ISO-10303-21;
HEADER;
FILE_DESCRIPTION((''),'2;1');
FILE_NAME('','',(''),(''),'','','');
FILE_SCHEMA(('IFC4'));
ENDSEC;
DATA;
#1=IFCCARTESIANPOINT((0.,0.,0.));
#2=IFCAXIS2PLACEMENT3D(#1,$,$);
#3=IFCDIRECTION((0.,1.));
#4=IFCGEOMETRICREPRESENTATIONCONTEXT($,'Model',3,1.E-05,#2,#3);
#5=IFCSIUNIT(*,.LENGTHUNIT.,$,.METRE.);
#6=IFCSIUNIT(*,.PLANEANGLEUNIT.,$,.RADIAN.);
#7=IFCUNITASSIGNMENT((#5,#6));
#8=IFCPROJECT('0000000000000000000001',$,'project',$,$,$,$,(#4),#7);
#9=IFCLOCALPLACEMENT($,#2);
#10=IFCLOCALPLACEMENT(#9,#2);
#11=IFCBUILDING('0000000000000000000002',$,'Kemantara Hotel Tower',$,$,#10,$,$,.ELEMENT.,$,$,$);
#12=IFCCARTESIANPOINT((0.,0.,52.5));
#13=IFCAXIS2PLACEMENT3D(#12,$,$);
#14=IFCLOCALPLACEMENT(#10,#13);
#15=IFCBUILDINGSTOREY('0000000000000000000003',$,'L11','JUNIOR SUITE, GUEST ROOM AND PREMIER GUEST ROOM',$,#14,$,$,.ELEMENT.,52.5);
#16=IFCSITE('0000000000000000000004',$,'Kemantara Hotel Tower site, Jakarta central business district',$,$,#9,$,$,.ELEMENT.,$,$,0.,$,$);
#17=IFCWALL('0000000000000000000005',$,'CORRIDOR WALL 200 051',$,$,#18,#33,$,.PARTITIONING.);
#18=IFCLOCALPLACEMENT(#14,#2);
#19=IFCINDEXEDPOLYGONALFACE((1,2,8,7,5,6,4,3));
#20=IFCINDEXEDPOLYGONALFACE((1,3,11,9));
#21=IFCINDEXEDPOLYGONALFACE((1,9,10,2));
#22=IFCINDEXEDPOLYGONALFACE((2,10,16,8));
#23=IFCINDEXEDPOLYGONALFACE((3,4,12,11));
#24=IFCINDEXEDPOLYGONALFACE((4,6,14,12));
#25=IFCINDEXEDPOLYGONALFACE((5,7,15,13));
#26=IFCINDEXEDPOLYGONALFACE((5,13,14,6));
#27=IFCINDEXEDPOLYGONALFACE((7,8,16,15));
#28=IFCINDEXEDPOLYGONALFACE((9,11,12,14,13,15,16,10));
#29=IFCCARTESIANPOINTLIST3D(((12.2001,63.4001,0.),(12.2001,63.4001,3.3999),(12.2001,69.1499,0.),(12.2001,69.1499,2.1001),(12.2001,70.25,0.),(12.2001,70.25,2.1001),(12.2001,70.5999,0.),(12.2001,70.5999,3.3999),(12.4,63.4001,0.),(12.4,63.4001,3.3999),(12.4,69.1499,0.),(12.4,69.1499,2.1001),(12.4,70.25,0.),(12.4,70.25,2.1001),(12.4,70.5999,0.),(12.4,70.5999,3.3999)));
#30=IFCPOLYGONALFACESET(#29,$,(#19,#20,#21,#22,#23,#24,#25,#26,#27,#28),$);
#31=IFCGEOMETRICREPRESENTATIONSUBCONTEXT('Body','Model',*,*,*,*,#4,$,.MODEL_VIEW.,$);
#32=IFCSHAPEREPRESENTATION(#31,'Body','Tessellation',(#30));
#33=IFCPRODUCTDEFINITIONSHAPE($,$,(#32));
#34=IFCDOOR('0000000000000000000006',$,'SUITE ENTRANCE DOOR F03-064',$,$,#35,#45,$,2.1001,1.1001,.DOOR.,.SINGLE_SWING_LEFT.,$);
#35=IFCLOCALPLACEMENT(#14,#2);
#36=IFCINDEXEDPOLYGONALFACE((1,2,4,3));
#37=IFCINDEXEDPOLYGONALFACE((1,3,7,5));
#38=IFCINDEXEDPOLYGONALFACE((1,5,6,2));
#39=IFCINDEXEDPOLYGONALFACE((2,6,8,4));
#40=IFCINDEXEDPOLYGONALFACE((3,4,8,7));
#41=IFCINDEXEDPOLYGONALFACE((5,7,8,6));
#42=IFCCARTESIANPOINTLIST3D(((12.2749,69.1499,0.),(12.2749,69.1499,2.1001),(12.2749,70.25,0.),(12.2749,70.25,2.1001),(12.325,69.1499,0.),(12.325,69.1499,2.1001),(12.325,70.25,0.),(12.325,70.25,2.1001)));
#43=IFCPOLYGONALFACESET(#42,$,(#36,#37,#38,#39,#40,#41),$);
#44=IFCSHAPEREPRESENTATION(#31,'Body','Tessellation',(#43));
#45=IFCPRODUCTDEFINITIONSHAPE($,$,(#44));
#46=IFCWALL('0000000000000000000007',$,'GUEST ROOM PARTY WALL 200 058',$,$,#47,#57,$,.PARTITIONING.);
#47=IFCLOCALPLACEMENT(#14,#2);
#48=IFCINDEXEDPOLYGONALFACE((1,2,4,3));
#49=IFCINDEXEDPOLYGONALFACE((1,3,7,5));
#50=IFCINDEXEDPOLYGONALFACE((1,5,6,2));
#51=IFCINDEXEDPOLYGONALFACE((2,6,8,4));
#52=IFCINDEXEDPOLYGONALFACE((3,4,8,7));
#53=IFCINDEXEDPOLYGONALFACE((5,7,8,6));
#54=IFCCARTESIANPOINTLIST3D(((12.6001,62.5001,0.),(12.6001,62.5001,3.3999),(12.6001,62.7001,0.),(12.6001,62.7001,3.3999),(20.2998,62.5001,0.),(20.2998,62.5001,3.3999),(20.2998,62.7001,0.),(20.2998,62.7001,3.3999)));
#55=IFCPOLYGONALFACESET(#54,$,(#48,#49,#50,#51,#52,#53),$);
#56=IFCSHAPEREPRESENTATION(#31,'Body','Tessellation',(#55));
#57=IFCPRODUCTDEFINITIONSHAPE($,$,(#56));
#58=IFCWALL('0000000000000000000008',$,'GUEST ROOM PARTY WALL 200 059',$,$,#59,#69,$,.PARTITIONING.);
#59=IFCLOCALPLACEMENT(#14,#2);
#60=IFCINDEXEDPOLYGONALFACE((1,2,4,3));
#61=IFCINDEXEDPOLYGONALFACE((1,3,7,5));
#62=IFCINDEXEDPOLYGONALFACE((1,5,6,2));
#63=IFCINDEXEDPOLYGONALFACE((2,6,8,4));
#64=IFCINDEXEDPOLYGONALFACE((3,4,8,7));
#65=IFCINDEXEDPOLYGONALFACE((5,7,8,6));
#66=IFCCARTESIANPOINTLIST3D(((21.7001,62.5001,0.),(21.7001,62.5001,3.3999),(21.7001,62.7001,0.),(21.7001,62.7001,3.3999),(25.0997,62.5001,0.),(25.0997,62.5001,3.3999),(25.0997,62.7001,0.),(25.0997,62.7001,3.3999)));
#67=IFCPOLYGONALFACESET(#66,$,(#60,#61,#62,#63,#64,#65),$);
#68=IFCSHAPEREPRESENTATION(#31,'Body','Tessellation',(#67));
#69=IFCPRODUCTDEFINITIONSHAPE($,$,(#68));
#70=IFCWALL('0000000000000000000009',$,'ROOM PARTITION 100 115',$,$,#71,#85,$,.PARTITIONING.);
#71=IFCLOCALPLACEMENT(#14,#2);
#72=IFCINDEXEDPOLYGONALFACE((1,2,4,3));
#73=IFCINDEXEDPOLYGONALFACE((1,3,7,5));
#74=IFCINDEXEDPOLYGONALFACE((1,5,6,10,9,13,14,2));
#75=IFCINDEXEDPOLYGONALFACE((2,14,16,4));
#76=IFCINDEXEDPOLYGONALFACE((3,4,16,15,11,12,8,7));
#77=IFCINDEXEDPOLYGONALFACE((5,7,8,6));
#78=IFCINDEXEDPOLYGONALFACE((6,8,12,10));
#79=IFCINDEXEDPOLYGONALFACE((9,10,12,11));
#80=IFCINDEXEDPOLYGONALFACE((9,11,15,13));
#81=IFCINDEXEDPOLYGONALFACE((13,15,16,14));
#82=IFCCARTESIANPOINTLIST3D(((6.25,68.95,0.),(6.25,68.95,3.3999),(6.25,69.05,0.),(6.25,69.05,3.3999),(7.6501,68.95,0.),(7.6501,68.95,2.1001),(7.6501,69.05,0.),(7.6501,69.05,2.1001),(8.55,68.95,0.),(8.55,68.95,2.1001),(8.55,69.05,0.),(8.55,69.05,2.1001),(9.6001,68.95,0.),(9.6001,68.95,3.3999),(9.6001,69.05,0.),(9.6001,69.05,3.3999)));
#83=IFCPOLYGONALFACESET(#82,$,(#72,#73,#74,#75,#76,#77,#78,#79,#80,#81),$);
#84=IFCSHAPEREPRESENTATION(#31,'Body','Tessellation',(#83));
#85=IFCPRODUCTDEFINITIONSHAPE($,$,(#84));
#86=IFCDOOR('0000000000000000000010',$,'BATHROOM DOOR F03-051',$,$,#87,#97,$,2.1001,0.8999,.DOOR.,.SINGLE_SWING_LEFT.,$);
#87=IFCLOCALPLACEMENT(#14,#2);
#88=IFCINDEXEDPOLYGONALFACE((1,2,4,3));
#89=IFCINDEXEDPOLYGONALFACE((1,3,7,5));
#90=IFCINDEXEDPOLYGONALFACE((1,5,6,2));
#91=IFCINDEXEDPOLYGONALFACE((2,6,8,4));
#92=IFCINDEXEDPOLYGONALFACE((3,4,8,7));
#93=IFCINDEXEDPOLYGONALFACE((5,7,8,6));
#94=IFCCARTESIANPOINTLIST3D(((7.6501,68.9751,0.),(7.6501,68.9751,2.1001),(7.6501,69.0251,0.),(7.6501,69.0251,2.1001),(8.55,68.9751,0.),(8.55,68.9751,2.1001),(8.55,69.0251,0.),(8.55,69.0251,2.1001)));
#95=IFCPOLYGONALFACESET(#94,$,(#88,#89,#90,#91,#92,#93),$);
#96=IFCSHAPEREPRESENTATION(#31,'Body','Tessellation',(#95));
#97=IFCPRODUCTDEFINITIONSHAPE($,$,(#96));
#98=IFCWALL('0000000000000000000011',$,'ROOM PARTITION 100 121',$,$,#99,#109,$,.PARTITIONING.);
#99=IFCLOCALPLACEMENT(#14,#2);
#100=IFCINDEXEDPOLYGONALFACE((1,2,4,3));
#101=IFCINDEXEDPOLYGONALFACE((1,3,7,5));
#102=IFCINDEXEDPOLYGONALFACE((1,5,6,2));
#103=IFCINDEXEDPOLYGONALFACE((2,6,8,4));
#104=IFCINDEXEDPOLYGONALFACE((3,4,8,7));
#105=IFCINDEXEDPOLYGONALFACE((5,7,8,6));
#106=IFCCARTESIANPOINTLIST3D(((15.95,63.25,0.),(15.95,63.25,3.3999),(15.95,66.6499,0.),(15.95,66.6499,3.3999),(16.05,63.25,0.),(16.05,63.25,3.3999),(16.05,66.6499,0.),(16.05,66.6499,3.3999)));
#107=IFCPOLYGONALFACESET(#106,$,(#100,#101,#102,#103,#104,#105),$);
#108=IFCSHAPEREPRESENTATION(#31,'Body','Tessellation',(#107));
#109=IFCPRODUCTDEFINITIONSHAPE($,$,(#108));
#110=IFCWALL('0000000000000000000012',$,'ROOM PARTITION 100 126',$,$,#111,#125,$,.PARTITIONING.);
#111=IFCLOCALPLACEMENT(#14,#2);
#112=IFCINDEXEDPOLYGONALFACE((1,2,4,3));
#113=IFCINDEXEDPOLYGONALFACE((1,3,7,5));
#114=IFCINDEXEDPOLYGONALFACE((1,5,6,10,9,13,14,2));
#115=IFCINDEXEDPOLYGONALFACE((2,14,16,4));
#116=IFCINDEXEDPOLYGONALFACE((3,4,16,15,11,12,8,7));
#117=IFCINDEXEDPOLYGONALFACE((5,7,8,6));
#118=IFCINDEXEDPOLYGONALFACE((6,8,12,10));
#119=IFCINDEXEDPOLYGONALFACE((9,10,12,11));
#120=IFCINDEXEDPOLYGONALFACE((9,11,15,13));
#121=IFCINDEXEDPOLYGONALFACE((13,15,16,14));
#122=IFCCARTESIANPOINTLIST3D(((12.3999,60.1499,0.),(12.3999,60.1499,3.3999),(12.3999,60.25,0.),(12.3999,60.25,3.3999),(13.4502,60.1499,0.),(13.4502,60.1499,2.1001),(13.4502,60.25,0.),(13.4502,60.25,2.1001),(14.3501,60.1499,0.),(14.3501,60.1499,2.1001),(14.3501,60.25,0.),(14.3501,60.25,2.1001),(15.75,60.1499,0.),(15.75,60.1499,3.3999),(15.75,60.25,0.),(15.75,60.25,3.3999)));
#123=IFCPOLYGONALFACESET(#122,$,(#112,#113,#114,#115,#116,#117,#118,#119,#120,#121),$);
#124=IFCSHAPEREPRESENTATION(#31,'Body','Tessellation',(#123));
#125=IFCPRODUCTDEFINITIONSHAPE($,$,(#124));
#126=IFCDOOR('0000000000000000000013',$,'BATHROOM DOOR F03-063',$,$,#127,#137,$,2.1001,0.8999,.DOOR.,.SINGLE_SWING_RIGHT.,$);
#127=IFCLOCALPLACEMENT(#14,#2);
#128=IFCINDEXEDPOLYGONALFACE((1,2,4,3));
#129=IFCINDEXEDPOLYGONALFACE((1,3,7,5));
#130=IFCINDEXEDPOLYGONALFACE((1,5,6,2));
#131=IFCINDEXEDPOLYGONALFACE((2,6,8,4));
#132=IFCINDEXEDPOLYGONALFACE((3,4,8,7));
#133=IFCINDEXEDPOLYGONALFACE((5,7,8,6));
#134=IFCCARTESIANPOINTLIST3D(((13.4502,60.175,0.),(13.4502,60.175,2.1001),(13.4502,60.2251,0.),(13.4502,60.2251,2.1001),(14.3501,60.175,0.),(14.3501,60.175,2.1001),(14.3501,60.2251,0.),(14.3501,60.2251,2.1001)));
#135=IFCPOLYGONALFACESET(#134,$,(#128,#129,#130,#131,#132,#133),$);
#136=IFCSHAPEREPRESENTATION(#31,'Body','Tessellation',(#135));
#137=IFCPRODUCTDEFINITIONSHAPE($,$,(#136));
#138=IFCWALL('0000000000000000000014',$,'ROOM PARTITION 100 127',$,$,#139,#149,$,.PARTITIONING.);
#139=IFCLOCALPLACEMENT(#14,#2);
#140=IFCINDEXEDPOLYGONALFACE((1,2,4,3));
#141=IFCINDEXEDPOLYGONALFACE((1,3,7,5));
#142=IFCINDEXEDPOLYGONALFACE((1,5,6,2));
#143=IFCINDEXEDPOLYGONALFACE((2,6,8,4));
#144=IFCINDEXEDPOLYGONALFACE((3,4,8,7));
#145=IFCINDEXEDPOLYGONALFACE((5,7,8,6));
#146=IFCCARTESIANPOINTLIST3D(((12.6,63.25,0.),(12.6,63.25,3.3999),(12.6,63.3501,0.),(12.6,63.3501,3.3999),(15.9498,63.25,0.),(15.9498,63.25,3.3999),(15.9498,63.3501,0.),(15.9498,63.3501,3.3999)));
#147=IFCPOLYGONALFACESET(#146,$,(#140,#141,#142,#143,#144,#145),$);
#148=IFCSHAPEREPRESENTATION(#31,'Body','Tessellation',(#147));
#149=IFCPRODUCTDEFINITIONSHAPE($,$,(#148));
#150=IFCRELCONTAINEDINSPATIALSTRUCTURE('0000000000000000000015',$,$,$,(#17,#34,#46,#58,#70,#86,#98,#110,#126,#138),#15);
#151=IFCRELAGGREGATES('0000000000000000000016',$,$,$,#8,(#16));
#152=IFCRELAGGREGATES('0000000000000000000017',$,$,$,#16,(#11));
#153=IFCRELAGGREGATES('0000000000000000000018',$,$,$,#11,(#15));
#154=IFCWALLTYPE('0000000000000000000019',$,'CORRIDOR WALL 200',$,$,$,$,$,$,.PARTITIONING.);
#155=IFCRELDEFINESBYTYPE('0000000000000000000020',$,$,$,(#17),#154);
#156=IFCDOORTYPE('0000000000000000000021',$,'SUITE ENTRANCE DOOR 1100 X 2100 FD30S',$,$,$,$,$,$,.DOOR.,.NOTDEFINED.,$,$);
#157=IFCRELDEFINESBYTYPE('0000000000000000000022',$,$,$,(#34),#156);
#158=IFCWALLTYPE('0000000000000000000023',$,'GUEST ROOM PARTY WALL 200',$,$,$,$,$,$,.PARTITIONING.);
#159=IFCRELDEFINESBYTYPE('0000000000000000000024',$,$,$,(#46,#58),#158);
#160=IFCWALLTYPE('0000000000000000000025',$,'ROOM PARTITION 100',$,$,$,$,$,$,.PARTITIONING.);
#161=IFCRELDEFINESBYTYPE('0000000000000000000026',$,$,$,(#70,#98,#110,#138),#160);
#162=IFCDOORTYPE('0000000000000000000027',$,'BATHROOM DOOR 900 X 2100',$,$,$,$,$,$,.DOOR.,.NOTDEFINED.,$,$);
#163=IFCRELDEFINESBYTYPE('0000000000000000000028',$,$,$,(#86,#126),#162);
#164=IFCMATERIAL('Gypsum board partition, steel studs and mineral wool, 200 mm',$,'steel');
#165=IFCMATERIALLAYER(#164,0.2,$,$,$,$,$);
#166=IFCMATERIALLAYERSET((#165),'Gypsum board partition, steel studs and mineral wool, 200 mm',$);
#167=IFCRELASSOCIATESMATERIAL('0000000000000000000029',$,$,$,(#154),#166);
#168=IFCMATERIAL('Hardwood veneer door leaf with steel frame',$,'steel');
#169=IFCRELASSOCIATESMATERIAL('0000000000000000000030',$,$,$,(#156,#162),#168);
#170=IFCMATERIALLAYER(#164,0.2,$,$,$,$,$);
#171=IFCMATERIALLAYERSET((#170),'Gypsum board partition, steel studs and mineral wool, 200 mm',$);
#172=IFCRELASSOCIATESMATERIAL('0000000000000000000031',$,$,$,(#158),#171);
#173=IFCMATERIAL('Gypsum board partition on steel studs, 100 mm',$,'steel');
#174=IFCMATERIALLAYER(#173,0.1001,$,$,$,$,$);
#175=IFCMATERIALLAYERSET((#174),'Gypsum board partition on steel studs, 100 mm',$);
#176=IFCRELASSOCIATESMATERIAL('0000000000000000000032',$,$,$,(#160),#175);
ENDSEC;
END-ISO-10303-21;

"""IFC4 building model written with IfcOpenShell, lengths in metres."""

from ifc_helpers import new_model, si_unit, direction, frame, frame_2d, origin, place, context, subcontext, project, spatial, rectangle, extrude, material, layer, layer_set, type_object, element, fill, save


model = new_model("IFC4")

# Units and contexts
model_context = context("Model", 3, precision=1e-05, world=origin(), true_north=direction((0.0, 1.0)))
body_context = subcontext(model_context, "Body", "Model", "MODEL_VIEW")
ifc_project = project(units=[si_unit("LENGTHUNIT", "METRE"), si_unit("PLANEANGLEUNIT", "RADIAN")], contexts=[model_context])

# Site, building, storey
site_placement = place(None, origin())
site = spatial("IfcSite", under=ifc_project, at=site_placement, Name="Kemantara Hotel Tower site, Jakarta central business district", CompositionType="ELEMENT", RefElevation=0.0)
building_placement = place(site_placement, origin())
building = spatial("IfcBuilding", under=site, at=building_placement, Name="Kemantara Hotel Tower", CompositionType="ELEMENT")
storey_placement = place(building_placement, frame((0.0, 0.0, 52.5)))
storey = spatial("IfcBuildingStorey", under=building, at=storey_placement, Name="L11", Description="JUNIOR SUITE, GUEST ROOM AND PREMIER GUEST ROOM", CompositionType="ELEMENT", Elevation=52.5)

# Shared definitions
ifc_material_1 = material(Name="Gypsum board partition, steel studs and mineral wool, 200 mm", Category="steel")
ifc_layer_1 = layer(ifc_material_1, 0.2)
ifc_layer_set_1 = layer_set([ifc_layer_1], Name="Gypsum board partition, steel studs and mineral wool, 200 mm")
wall_type_1 = type_object("IfcWallType", Name="CORRIDOR WALL 200", PredefinedType="PARTITIONING", material=ifc_layer_set_1)
ifc_material_2 = material(Name="Hardwood veneer door leaf with steel frame", Category="steel")
door_type_1 = type_object("IfcDoorType", Name="SUITE ENTRANCE DOOR 1100 X 2100 FD30S", OperationType="NOTDEFINED", PredefinedType="DOOR", material=ifc_material_2)

# Wall, opening, door
wall_1_placement = place(storey_placement, frame((12.3, 70.5999, 0.0), z_axis=(0.0, 0.0, 1.0), x_axis=(0.0, -1.0, 0.0)))
wall_1 = element("IfcWall", 1, at=wall_1_placement, inside=storey, type_object=wall_type_1, Name="CORRIDOR WALL 200 051", PredefinedType="PARTITIONING", context=body_context, shape_type="SweptSolid", body=[
    extrude(rectangle(XDim=7.1997, YDim=0.2, at=frame_2d((3.5999, 0.0))), origin(), (0.0, 0.0, 1.0), 3.3999),
])
opening_1_placement = place(wall_1_placement, frame((0.3499, 0.0, 0.0)))
opening_1 = element("IfcOpeningElement", 2, at=opening_1_placement, cuts=wall_1, PredefinedType="OPENING", context=body_context, shape_type="SweptSolid", body=[
    extrude(rectangle(XDim=1.1001, YDim=2.1001, at=frame_2d((0.55, 1.05))), frame((0.0, 0.1099, 0.0), z_axis=(0.0, -1.0, 0.0), x_axis=(1.0, 0.0, 0.0)), (0.0, 0.0, 1.0), 0.22),
])
door_1_placement = place(opening_1_placement, origin())
door_1 = element("IfcDoor", 3, at=door_1_placement, inside=storey, type_object=door_type_1, Name="SUITE ENTRANCE DOOR F03-064", OperationType="SINGLE_SWING_LEFT", OverallHeight=2.1001, OverallWidth=1.1001, PredefinedType="DOOR", context=body_context, shape_type="SweptSolid", body=[
    extrude(rectangle(XDim=1.1001, YDim=2.1001, at=frame_2d((0.55, 1.05))), frame((0.0, 0.0249, 0.0), z_axis=(0.0, -1.0, 0.0), x_axis=(1.0, 0.0, 0.0)), (0.0, 0.0, 1.0), 0.05),
])
fill(opening_1, door_1)

# Walls
ifc_layer_2 = layer(ifc_material_1, 0.2)
ifc_layer_set_2 = layer_set([ifc_layer_2], Name="Gypsum board partition, steel studs and mineral wool, 200 mm")
wall_type_2 = type_object("IfcWallType", Name="GUEST ROOM PARTY WALL 200", PredefinedType="PARTITIONING", material=ifc_layer_set_2)
wall_2_placement = place(storey_placement, frame((12.6001, 62.6001, 0.0), z_axis=(0.0, 0.0, 1.0), x_axis=(1.0, 0.0, 0.0)))
element("IfcWall", 4, at=wall_2_placement, inside=storey, type_object=wall_type_2, Name="GUEST ROOM PARTY WALL 200 058", PredefinedType="PARTITIONING", context=body_context, shape_type="SweptSolid", body=[
    extrude(rectangle(XDim=7.6997, YDim=0.2, at=frame_2d((3.8499, 0.0))), origin(), (0.0, 0.0, 1.0), 3.3999),
])
wall_3_placement = place(storey_placement, frame((21.7002, 62.6001, 0.0), z_axis=(0.0, 0.0, 1.0), x_axis=(1.0, 0.0, 0.0)))
element("IfcWall", 5, at=wall_3_placement, inside=storey, type_object=wall_type_2, Name="GUEST ROOM PARTY WALL 200 059", PredefinedType="PARTITIONING", context=body_context, shape_type="SweptSolid", body=[
    extrude(rectangle(XDim=3.3997, YDim=0.2, at=frame_2d((1.6997, 0.0))), origin(), (0.0, 0.0, 1.0), 3.3999),
])

# Wall, opening, door
ifc_material_3 = material(Name="Gypsum board partition on steel studs, 100 mm", Category="steel")
ifc_layer_3 = layer(ifc_material_3, 0.1001)
ifc_layer_set_3 = layer_set([ifc_layer_3], Name="Gypsum board partition on steel studs, 100 mm")
wall_type_3 = type_object("IfcWallType", Name="ROOM PARTITION 100", PredefinedType="PARTITIONING", material=ifc_layer_set_3)
wall_4_placement = place(storey_placement, frame((9.6001, 69.0, 0.0), z_axis=(0.0, 0.0, 1.0), x_axis=(-1.0, 0.0, 0.0)))
wall_4 = element("IfcWall", 6, at=wall_4_placement, inside=storey, type_object=wall_type_3, Name="ROOM PARTITION 100 115", PredefinedType="PARTITIONING", context=body_context, shape_type="SweptSolid", body=[
    extrude(rectangle(XDim=3.3501, YDim=0.1001, at=frame_2d((1.675, 0.0))), origin(), (0.0, 0.0, 1.0), 3.3999),
])
opening_2_placement = place(wall_4_placement, frame((1.05, 0.0, 0.0)))
opening_2 = element("IfcOpeningElement", 7, at=opening_2_placement, cuts=wall_4, PredefinedType="OPENING", context=body_context, shape_type="SweptSolid", body=[
    extrude(rectangle(XDim=0.8999, YDim=2.1001, at=frame_2d((0.45, 1.05))), frame((0.0, 0.0601, 0.0), z_axis=(0.0, -1.0, 0.0), x_axis=(1.0, 0.0, 0.0)), (0.0, 0.0, 1.0), 0.1201),
])
door_type_2 = type_object("IfcDoorType", Name="BATHROOM DOOR 900 X 2100", OperationType="NOTDEFINED", PredefinedType="DOOR", material=ifc_material_2)
door_2_placement = place(opening_2_placement, origin())
door_2 = element("IfcDoor", 8, at=door_2_placement, inside=storey, type_object=door_type_2, Name="BATHROOM DOOR F03-051", OperationType="SINGLE_SWING_LEFT", OverallHeight=2.1001, OverallWidth=0.8999, PredefinedType="DOOR", context=body_context, shape_type="SweptSolid", body=[
    extrude(rectangle(XDim=0.8999, YDim=2.1001, at=frame_2d((0.45, 1.05))), frame((0.0, 0.0249, 0.0), z_axis=(0.0, -1.0, 0.0), x_axis=(1.0, 0.0, 0.0)), (0.0, 0.0, 1.0), 0.05),
])
fill(opening_2, door_2)

# Wall
wall_5_placement = place(storey_placement, frame((16.0, 63.25, 0.0), z_axis=(0.0, 0.0, 1.0), x_axis=(0.0, 1.0, 0.0)))
element("IfcWall", 9, at=wall_5_placement, inside=storey, type_object=wall_type_3, Name="ROOM PARTITION 100 121", PredefinedType="PARTITIONING", context=body_context, shape_type="SweptSolid", body=[
    extrude(rectangle(XDim=3.3999, YDim=0.1001, at=frame_2d((1.7, 0.0))), origin(), (0.0, 0.0, 1.0), 3.3999),
])

# Wall, opening, door
wall_6_placement = place(storey_placement, frame((15.75, 60.2, 0.0), z_axis=(0.0, 0.0, 1.0), x_axis=(-1.0, 0.0, 0.0)))
wall_6 = element("IfcWall", 10, at=wall_6_placement, inside=storey, type_object=wall_type_3, Name="ROOM PARTITION 100 126", PredefinedType="PARTITIONING", context=body_context, shape_type="SweptSolid", body=[
    extrude(rectangle(XDim=3.3501, YDim=0.1001, at=frame_2d((1.675, 0.0))), origin(), (0.0, 0.0, 1.0), 3.3999),
])
opening_3_placement = place(wall_6_placement, frame((1.3999, 0.0, 0.0)))
opening_3 = element("IfcOpeningElement", 11, at=opening_3_placement, cuts=wall_6, PredefinedType="OPENING", context=body_context, shape_type="SweptSolid", body=[
    extrude(rectangle(XDim=0.8999, YDim=2.1001, at=frame_2d((0.45, 1.05))), frame((0.0, 0.0601, 0.0), z_axis=(0.0, -1.0, 0.0), x_axis=(1.0, 0.0, 0.0)), (0.0, 0.0, 1.0), 0.1201),
])
door_3_placement = place(opening_3_placement, origin())
door_3 = element("IfcDoor", 12, at=door_3_placement, inside=storey, type_object=door_type_2, Name="BATHROOM DOOR F03-063", OperationType="SINGLE_SWING_RIGHT", OverallHeight=2.1001, OverallWidth=0.8999, PredefinedType="DOOR", context=body_context, shape_type="SweptSolid", body=[
    extrude(rectangle(XDim=0.8999, YDim=2.1001, at=frame_2d((0.45, 1.05))), frame((0.0, 0.0249, 0.0), z_axis=(0.0, -1.0, 0.0), x_axis=(1.0, 0.0, 0.0)), (0.0, 0.0, 1.0), 0.05),
])
fill(opening_3, door_3)

# Wall
wall_7_placement = place(storey_placement, frame((12.6001, 63.3, 0.0), z_axis=(0.0, 0.0, 1.0), x_axis=(1.0, 0.0, 0.0)))
element("IfcWall", 13, at=wall_7_placement, inside=storey, type_object=wall_type_3, Name="ROOM PARTITION 100 127", PredefinedType="PARTITIONING", context=body_context, shape_type="SweptSolid", body=[
    extrude(rectangle(XDim=3.3499, YDim=0.1001, at=frame_2d((1.6748, 0.0))), origin(), (0.0, 0.0, 1.0), 3.3999),
])

save(model, "model.ifc")
